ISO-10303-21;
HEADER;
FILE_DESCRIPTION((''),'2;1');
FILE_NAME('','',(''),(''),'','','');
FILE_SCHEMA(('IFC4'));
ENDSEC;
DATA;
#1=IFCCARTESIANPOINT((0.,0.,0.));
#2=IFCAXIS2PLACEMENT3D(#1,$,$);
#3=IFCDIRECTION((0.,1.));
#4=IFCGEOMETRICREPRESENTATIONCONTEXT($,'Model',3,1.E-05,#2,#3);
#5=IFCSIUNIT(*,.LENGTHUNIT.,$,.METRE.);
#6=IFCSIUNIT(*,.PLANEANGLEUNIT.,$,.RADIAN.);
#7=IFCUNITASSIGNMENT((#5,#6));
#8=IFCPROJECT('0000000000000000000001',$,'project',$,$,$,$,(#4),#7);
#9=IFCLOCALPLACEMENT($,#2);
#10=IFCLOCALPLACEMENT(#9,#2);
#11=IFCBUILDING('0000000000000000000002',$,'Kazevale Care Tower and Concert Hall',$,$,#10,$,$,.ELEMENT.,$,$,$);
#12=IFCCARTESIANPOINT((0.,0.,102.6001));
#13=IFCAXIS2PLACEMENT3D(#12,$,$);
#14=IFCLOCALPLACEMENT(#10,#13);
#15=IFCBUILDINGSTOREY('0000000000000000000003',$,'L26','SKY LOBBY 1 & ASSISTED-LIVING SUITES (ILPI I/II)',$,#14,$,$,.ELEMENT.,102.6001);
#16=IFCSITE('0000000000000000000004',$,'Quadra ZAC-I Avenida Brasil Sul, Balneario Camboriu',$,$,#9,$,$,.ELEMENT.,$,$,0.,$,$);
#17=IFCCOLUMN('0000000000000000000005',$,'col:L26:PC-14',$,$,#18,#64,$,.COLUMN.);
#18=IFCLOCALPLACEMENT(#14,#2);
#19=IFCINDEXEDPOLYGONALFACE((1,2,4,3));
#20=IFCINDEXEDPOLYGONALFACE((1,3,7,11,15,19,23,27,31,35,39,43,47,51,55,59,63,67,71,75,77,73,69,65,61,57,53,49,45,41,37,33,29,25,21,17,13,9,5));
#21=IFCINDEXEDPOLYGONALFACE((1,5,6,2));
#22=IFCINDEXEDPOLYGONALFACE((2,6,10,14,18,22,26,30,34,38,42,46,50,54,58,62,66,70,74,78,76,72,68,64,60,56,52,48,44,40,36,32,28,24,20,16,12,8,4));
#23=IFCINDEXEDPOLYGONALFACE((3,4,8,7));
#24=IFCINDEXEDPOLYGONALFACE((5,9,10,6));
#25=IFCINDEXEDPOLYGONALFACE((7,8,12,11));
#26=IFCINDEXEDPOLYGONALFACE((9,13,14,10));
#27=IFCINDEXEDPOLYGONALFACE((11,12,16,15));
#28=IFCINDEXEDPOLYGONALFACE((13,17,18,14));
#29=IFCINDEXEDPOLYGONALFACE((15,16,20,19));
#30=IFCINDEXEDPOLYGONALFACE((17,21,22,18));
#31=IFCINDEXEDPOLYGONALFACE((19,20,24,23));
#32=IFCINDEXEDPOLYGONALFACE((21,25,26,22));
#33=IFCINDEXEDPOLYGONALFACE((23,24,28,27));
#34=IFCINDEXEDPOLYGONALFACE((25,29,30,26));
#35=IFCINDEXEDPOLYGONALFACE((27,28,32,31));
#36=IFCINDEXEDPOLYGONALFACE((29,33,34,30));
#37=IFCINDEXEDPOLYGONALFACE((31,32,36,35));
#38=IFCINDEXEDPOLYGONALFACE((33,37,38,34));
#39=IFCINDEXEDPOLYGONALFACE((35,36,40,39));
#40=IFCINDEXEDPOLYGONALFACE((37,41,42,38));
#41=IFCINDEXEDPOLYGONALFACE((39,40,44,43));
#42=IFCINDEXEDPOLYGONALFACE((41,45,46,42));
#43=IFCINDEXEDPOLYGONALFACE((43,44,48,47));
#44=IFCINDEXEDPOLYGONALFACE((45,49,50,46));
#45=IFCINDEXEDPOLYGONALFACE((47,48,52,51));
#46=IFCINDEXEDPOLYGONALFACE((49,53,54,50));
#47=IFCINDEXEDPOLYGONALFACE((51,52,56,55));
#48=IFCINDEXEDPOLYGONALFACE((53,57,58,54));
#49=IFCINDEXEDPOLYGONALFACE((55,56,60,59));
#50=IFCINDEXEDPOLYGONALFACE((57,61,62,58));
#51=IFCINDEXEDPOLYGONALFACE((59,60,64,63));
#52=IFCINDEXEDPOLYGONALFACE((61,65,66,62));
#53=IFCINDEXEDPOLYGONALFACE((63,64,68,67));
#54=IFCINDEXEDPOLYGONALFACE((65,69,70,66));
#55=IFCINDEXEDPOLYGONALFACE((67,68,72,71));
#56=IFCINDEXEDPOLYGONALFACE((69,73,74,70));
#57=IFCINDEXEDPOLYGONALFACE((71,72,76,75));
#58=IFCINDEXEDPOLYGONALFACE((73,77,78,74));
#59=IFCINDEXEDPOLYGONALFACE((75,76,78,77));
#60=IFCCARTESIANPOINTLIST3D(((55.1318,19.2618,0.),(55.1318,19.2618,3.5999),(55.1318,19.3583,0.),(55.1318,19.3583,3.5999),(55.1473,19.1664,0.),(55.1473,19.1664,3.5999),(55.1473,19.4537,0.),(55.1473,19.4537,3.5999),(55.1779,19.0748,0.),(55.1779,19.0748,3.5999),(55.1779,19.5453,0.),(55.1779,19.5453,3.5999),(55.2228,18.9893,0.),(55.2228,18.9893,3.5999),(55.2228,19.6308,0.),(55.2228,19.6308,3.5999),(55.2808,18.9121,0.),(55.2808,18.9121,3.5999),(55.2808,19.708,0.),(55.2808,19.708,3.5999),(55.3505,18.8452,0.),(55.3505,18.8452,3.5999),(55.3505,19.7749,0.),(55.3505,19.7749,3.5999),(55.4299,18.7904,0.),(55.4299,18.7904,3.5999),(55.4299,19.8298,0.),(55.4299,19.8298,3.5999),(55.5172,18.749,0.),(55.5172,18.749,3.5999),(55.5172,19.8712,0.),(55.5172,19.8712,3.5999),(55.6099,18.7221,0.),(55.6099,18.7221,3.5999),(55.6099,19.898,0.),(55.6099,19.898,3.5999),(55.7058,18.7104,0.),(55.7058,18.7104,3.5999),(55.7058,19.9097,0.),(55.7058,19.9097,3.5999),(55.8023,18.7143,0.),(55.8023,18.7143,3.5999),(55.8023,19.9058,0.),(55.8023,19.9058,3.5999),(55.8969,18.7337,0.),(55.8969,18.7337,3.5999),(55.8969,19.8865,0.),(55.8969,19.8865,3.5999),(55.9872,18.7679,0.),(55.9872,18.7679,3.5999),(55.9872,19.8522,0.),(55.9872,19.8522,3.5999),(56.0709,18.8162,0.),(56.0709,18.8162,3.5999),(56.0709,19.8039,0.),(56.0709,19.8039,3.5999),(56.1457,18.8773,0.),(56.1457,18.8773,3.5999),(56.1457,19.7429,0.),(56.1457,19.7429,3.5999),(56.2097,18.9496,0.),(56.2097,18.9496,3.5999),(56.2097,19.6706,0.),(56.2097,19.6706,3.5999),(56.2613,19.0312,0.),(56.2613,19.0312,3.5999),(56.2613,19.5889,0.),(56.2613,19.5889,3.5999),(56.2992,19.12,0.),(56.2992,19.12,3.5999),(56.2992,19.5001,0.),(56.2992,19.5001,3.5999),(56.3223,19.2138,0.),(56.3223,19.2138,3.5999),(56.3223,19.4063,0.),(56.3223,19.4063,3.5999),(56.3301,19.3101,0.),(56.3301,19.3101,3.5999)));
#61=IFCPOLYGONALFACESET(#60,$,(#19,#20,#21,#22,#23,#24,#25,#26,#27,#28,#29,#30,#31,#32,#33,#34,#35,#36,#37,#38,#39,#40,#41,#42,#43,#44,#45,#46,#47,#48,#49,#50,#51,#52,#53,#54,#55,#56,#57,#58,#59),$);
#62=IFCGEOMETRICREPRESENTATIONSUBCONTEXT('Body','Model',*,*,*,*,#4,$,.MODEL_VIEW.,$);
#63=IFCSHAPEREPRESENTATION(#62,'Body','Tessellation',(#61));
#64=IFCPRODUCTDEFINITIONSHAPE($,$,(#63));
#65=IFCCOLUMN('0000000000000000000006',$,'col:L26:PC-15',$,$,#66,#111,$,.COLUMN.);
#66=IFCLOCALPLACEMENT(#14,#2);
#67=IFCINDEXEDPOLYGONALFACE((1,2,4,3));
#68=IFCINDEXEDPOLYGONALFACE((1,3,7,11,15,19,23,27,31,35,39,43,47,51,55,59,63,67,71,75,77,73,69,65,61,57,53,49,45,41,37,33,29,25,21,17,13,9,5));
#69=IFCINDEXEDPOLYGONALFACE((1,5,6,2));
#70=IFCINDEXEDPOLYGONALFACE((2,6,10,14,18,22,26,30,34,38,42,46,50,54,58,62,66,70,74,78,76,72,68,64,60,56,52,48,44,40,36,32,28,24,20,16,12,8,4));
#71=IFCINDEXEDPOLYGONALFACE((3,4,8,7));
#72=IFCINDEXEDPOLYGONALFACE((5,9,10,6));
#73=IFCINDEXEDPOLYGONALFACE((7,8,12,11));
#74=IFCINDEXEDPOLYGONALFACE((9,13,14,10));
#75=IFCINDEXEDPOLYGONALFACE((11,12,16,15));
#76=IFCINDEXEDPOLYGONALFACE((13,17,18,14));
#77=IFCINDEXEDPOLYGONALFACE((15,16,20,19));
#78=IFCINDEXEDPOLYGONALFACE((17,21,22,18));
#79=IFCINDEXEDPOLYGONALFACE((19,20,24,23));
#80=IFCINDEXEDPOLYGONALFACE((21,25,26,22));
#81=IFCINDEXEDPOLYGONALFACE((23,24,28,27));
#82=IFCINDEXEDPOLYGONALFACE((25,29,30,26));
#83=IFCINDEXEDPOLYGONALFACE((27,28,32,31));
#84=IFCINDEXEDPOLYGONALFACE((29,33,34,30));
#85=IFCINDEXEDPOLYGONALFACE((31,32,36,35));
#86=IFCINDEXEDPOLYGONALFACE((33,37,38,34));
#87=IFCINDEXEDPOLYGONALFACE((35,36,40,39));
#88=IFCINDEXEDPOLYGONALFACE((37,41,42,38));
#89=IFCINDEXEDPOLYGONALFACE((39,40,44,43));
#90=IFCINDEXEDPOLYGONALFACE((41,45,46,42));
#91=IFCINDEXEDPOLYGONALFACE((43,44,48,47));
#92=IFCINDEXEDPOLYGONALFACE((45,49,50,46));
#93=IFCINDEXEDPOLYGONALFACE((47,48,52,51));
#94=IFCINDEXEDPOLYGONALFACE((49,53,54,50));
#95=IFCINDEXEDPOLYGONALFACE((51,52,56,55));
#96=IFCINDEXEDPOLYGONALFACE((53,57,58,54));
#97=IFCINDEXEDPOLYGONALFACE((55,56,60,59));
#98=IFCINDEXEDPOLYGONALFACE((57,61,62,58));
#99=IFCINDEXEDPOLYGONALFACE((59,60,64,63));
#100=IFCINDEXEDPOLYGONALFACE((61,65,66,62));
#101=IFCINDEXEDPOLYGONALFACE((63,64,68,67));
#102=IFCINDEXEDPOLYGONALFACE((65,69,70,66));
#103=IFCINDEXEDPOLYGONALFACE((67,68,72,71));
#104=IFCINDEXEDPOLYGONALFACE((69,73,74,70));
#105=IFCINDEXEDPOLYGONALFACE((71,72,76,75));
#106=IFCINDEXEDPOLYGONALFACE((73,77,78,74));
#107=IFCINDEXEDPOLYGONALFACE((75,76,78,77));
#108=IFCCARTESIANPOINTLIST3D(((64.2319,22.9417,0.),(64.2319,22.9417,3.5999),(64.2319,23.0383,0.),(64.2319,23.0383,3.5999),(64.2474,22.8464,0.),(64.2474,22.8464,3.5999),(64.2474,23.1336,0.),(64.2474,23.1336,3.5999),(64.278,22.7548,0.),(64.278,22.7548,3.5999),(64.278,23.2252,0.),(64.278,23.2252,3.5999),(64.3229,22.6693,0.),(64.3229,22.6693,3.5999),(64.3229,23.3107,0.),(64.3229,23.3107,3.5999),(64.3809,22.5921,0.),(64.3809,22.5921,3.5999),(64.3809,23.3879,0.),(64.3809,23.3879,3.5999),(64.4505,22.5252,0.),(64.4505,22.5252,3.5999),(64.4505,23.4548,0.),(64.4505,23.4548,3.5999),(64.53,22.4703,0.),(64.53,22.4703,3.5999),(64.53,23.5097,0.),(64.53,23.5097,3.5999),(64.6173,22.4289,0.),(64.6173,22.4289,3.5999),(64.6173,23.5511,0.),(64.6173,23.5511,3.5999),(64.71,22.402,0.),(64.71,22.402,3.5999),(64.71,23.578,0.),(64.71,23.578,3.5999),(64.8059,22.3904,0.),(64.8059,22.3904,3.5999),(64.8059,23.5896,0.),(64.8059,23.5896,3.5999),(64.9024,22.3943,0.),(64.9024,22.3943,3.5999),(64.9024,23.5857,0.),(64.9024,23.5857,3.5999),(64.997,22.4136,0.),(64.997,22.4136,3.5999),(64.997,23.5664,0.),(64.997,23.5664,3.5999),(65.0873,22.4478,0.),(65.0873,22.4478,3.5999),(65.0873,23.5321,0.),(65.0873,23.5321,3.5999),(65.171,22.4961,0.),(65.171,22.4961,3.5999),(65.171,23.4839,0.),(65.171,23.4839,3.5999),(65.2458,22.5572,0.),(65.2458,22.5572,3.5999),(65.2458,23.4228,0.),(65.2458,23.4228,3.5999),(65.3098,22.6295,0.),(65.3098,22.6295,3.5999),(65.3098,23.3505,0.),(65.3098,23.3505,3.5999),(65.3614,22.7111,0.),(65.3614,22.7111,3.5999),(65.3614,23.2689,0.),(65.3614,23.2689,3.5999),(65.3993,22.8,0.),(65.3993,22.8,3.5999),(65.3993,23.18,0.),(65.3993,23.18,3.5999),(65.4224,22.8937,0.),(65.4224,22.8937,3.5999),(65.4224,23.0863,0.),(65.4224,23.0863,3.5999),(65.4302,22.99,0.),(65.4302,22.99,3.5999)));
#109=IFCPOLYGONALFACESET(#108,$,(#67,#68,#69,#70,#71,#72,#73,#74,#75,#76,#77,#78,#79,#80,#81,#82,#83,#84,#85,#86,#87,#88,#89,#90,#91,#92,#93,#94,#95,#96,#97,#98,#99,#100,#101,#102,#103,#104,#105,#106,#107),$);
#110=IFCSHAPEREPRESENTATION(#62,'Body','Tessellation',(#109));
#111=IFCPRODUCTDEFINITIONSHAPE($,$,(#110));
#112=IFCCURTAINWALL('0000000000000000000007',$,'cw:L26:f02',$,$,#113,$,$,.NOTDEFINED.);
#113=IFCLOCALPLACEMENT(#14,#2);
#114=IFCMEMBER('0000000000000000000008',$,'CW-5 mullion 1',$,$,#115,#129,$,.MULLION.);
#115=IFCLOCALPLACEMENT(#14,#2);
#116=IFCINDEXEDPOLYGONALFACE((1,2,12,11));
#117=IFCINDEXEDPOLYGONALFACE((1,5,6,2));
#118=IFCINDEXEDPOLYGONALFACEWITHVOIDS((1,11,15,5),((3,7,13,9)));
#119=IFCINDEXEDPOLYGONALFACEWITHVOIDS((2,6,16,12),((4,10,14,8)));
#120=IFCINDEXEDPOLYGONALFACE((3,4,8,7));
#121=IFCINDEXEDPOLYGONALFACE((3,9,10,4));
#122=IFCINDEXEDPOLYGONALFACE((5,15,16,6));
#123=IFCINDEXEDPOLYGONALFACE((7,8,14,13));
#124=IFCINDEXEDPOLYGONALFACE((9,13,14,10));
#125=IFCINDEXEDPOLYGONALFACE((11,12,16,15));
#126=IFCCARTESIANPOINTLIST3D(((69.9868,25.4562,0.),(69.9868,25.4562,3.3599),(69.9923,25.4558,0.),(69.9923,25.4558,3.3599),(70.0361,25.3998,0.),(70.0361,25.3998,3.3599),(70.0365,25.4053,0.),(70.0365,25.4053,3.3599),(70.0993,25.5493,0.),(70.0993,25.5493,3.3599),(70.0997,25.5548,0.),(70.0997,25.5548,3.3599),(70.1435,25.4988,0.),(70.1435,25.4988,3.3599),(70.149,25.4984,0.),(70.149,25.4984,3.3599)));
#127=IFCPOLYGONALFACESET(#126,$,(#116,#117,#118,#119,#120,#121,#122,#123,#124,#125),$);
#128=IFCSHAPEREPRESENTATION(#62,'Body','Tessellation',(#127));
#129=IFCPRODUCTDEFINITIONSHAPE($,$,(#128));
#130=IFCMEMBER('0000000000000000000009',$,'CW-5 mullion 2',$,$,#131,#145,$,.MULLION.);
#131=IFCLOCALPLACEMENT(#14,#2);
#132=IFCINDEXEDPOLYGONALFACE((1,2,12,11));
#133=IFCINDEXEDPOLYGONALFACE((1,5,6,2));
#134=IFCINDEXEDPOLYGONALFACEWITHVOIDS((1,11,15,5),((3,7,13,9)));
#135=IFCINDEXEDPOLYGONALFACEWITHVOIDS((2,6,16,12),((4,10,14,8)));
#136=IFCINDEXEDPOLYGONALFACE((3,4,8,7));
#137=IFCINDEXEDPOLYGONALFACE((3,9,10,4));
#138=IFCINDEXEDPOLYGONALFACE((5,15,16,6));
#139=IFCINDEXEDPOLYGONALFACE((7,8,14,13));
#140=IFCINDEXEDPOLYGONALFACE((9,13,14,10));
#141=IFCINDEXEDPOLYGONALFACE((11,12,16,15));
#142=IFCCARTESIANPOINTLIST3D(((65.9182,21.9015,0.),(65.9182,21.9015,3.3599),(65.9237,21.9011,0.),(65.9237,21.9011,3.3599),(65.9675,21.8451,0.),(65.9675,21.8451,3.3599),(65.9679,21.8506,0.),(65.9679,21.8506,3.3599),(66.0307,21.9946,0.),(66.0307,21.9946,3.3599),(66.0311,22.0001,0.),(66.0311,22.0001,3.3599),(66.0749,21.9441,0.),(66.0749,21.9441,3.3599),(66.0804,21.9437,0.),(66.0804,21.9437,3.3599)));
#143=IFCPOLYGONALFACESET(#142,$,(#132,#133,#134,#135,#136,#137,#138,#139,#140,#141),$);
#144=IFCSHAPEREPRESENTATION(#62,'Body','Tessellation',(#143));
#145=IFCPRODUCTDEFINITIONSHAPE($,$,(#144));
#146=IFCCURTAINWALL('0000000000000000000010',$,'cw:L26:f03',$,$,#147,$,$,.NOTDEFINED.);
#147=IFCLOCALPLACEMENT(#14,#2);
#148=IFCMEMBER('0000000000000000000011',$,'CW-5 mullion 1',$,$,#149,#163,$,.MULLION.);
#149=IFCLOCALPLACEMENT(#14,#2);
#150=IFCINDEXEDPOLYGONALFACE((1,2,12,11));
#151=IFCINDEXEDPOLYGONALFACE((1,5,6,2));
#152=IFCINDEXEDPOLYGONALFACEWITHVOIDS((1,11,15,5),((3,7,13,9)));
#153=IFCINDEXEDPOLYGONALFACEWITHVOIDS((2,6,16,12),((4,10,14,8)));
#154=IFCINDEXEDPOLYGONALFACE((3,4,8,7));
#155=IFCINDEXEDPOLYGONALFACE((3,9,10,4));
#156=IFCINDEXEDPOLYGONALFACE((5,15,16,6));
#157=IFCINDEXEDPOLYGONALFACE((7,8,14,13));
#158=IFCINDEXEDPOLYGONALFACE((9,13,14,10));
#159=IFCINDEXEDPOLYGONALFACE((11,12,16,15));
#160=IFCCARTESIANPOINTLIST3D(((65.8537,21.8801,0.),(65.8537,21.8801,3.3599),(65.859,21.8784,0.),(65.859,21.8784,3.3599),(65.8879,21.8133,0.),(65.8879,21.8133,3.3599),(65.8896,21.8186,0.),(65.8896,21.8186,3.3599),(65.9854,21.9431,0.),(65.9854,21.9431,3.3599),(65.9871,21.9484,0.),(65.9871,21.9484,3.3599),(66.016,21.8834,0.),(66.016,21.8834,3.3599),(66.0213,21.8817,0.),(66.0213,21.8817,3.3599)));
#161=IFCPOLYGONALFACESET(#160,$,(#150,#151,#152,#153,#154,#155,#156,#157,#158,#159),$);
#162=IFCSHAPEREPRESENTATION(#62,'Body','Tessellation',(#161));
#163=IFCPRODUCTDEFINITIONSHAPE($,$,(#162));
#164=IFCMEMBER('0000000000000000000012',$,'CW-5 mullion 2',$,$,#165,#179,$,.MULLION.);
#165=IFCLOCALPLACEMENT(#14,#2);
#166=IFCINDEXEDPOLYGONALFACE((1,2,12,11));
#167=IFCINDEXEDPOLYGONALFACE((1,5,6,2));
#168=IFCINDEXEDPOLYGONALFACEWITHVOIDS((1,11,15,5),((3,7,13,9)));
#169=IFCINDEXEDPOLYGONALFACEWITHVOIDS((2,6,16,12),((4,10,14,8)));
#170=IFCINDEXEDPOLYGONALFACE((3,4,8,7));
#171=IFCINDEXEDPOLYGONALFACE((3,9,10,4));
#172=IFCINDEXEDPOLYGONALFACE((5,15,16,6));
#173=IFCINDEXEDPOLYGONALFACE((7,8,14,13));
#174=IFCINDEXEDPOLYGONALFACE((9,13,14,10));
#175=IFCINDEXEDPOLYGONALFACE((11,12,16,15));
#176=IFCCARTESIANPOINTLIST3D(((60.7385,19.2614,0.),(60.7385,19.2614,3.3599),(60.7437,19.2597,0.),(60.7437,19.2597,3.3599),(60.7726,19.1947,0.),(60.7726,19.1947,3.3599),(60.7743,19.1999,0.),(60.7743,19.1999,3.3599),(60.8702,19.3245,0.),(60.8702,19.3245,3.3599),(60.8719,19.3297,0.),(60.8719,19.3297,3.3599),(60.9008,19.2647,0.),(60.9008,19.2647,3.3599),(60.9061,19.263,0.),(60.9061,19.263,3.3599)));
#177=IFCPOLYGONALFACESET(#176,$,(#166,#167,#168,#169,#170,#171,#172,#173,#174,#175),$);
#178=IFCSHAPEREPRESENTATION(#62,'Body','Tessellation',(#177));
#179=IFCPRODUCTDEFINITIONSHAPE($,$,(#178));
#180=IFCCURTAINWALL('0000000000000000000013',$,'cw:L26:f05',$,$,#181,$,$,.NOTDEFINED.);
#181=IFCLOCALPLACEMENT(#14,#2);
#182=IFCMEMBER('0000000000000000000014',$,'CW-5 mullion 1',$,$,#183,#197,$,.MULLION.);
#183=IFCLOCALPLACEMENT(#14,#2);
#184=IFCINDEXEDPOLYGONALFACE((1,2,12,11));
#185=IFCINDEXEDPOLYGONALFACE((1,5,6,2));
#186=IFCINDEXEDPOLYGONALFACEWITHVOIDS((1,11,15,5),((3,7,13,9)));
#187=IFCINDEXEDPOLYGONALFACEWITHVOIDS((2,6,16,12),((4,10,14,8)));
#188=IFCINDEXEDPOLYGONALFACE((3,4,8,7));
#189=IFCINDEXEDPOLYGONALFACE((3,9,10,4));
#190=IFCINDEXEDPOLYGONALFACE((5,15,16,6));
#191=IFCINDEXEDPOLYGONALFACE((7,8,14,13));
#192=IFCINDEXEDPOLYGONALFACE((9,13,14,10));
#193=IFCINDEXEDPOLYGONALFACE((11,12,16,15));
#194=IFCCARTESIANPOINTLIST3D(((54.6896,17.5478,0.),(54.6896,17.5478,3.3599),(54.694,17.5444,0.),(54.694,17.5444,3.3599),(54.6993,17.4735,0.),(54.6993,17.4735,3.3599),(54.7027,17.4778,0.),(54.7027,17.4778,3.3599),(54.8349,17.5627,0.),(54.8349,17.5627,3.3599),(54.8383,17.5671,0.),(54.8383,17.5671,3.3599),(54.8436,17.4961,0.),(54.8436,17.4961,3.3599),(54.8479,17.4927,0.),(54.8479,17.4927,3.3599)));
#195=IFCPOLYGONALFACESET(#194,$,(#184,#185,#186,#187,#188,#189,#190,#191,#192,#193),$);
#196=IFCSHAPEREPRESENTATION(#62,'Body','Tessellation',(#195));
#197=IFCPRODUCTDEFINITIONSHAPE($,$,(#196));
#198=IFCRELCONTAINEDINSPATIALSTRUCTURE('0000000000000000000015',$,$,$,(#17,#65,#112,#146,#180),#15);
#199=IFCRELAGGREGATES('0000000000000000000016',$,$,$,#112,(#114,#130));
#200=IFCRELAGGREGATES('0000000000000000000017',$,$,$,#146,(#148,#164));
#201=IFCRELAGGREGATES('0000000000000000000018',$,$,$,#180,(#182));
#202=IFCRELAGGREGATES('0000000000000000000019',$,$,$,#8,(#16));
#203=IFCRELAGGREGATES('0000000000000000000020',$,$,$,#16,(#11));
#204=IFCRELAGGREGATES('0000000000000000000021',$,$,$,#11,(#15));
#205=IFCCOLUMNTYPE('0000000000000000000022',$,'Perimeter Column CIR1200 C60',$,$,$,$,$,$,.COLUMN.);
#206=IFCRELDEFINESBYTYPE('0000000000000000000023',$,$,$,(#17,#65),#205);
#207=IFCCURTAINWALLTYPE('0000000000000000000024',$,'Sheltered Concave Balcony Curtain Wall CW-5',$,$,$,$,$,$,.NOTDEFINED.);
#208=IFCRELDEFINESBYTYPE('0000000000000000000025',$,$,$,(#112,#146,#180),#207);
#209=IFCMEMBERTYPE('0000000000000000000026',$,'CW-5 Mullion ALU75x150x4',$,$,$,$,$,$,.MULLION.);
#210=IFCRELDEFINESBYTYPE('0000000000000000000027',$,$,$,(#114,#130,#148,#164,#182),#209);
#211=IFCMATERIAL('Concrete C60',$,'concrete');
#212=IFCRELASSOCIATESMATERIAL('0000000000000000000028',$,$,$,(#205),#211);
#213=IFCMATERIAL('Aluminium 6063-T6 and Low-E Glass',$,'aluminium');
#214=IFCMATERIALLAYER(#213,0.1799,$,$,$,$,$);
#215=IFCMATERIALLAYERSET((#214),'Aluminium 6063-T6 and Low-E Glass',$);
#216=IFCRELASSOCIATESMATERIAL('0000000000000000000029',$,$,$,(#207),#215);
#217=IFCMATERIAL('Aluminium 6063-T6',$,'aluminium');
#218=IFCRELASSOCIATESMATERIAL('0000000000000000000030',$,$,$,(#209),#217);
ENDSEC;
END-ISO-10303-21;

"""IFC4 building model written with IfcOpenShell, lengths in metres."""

from ifc_helpers import new_model, si_unit, direction, frame, origin, origin_2d, place, context, subcontext, project, spatial, hollow_rectangle, circle, extrude, material, layer, layer_set, material_profile, profile_set, type_object, element, aggregate, save


model = new_model("IFC4")

# Units and contexts
model_context = context("Model", 3, precision=1e-05, world=origin(), true_north=direction((0.0, 1.0)))
body_context = subcontext(model_context, "Body", "Model", "MODEL_VIEW")
ifc_project = project(units=[si_unit("LENGTHUNIT", "METRE"), si_unit("PLANEANGLEUNIT", "RADIAN")], contexts=[model_context])

# Site, building, storey
site_placement = place(None, origin())
site = spatial("IfcSite", under=ifc_project, at=site_placement, Name="Quadra ZAC-I Avenida Brasil Sul, Balneario Camboriu", CompositionType="ELEMENT", RefElevation=0.0)
building_placement = place(site_placement, origin())
building = spatial("IfcBuilding", under=site, at=building_placement, Name="Kazevale Care Tower and Concert Hall", CompositionType="ELEMENT")
storey_placement = place(building_placement, frame((0.0, 0.0, 102.6001)))
storey = spatial("IfcBuildingStorey", under=building, at=storey_placement, Name="L26", Description="SKY LOBBY 1 & ASSISTED-LIVING SUITES (ILPI I/II)", CompositionType="ELEMENT", Elevation=102.6001)

# Columns
ifc_material_1 = material(Name="Concrete C60", Category="concrete")
ifc_material_profile_1 = material_profile(ifc_material_1, circle(Radius=0.6001, at=origin_2d()), Name="RC-CIR1200")
ifc_profile_set_1 = profile_set([ifc_material_profile_1], Name="Concrete C60")
column_type = type_object("IfcColumnType", Name="Perimeter Column CIR1200 C60", PredefinedType="COLUMN", material=ifc_profile_set_1)
for number, where, z_axis, x_axis, name in (
    (1, (55.73, 19.3101, 0.0), (0.0, 0.0, 1.0), (1.0, 0.0, 0.0), "col:L26:PC-14"),
    (2, (64.8301, 22.99, 0.0), (0.0, 0.0, 1.0), (1.0, 0.0, 0.0), "col:L26:PC-15"),
):
    element("IfcColumn", number, at=place(storey_placement, frame(where, z_axis=z_axis, x_axis=x_axis)), inside=storey, type_object=column_type, Name=name, PredefinedType="COLUMN", context=body_context, shape_type="SweptSolid", body=[
        extrude(circle(Radius=0.6001, at=origin_2d()), origin(), (0.0, 0.0, 1.0), 3.5999),
    ])

# Curtain walls, members
ifc_material_2 = material(Name="Aluminium 6063-T6 and Low-E Glass", Category="aluminium")
ifc_layer_1 = layer(ifc_material_2, 0.1799)
ifc_layer_set_1 = layer_set([ifc_layer_1], Name="Aluminium 6063-T6 and Low-E Glass")
curtain_wall_type = type_object("IfcCurtainWallType", Name="Sheltered Concave Balcony Curtain Wall CW-5", PredefinedType="NOTDEFINED", material=ifc_layer_set_1)
curtain_wall_1_placement = place(storey_placement, origin())
curtain_wall_1 = element("IfcCurtainWall", 3, at=curtain_wall_1_placement, inside=storey, type_object=curtain_wall_type, Name="cw:L26:f02", PredefinedType="NOTDEFINED")
ifc_material_3 = material(Name="Aluminium 6063-T6", Category="aluminium")
ifc_material_profile_2 = material_profile(ifc_material_3, hollow_rectangle(XDim=0.075, YDim=0.1499, WallThickness=0.0039, at=origin_2d()), Name="ALU75x150x4")
ifc_profile_set_2 = profile_set([ifc_material_profile_2], Name="Aluminium 6063-T6")
member_type_1 = type_object("IfcMemberType", Name="CW-5 Mullion ALU75x150x4", PredefinedType="MULLION", material=ifc_profile_set_2)
member_1_placement = place(storey_placement, frame((70.0679, 25.4773, 0.0), z_axis=(0.0, 0.0, 1.0), x_axis=(0.657949, -0.753063, 0.0)))
member_1 = element("IfcMember", 4, at=member_1_placement, type_object=member_type_1, Name="CW-5 mullion 1", PredefinedType="MULLION", context=body_context, shape_type="SweptSolid", body=[
    extrude(hollow_rectangle(XDim=0.075, YDim=0.1499, WallThickness=0.0039, at=origin_2d()), origin(), (0.0, 0.0, 1.0), 3.3599),
])
member_2_placement = place(storey_placement, frame((65.9993, 21.9226, 0.0), z_axis=(0.0, 0.0, 1.0), x_axis=(0.657949, -0.753063, 0.0)))
member_2 = element("IfcMember", 5, at=member_2_placement, type_object=member_type_1, Name="CW-5 mullion 2", PredefinedType="MULLION", context=body_context, shape_type="SweptSolid", body=[
    extrude(hollow_rectangle(XDim=0.075, YDim=0.1499, WallThickness=0.0039, at=origin_2d()), origin(), (0.0, 0.0, 1.0), 3.3599),
])
curtain_wall_2_placement = place(storey_placement, origin())
curtain_wall_2 = element("IfcCurtainWall", 6, at=curtain_wall_2_placement, inside=storey, type_object=curtain_wall_type, Name="cw:L26:f03", PredefinedType="NOTDEFINED")
member_3_placement = place(storey_placement, frame((65.9375, 21.8809, 0.0), z_axis=(0.0, 0.0, 1.0), x_axis=(0.455713, -0.890127, 0.0)))
member_3 = element("IfcMember", 7, at=member_3_placement, type_object=member_type_1, Name="CW-5 mullion 1", PredefinedType="MULLION", context=body_context, shape_type="SweptSolid", body=[
    extrude(hollow_rectangle(XDim=0.075, YDim=0.1499, WallThickness=0.0039, at=origin_2d()), origin(), (0.0, 0.0, 1.0), 3.3599),
])
member_4_placement = place(storey_placement, frame((60.8223, 19.2622, 0.0), z_axis=(0.0, 0.0, 1.0), x_axis=(0.455713, -0.890127, 0.0)))
member_4 = element("IfcMember", 8, at=member_4_placement, type_object=member_type_1, Name="CW-5 mullion 2", PredefinedType="MULLION", context=body_context, shape_type="SweptSolid", body=[
    extrude(hollow_rectangle(XDim=0.075, YDim=0.1499, WallThickness=0.0039, at=origin_2d()), origin(), (0.0, 0.0, 1.0), 3.3599),
])
curtain_wall_3_placement = place(storey_placement, origin())
curtain_wall_3 = element("IfcCurtainWall", 9, at=curtain_wall_3_placement, inside=storey, type_object=curtain_wall_type, Name="cw:L26:f05", PredefinedType="NOTDEFINED")
member_5_placement = place(storey_placement, frame((54.7688, 17.5203, 0.0), z_axis=(0.0, 0.0, 1.0), x_axis=(0.128685, -0.991686, 0.0)))
member_5 = element("IfcMember", 10, at=member_5_placement, type_object=member_type_1, Name="CW-5 mullion 1", PredefinedType="MULLION", context=body_context, shape_type="SweptSolid", body=[
    extrude(hollow_rectangle(XDim=0.075, YDim=0.1499, WallThickness=0.0039, at=origin_2d()), origin(), (0.0, 0.0, 1.0), 3.3599),
])

aggregate(curtain_wall_1, [member_1, member_2])
aggregate(curtain_wall_2, [member_3, member_4])
aggregate(curtain_wall_3, [member_5])

save(model, "model.ifc")
